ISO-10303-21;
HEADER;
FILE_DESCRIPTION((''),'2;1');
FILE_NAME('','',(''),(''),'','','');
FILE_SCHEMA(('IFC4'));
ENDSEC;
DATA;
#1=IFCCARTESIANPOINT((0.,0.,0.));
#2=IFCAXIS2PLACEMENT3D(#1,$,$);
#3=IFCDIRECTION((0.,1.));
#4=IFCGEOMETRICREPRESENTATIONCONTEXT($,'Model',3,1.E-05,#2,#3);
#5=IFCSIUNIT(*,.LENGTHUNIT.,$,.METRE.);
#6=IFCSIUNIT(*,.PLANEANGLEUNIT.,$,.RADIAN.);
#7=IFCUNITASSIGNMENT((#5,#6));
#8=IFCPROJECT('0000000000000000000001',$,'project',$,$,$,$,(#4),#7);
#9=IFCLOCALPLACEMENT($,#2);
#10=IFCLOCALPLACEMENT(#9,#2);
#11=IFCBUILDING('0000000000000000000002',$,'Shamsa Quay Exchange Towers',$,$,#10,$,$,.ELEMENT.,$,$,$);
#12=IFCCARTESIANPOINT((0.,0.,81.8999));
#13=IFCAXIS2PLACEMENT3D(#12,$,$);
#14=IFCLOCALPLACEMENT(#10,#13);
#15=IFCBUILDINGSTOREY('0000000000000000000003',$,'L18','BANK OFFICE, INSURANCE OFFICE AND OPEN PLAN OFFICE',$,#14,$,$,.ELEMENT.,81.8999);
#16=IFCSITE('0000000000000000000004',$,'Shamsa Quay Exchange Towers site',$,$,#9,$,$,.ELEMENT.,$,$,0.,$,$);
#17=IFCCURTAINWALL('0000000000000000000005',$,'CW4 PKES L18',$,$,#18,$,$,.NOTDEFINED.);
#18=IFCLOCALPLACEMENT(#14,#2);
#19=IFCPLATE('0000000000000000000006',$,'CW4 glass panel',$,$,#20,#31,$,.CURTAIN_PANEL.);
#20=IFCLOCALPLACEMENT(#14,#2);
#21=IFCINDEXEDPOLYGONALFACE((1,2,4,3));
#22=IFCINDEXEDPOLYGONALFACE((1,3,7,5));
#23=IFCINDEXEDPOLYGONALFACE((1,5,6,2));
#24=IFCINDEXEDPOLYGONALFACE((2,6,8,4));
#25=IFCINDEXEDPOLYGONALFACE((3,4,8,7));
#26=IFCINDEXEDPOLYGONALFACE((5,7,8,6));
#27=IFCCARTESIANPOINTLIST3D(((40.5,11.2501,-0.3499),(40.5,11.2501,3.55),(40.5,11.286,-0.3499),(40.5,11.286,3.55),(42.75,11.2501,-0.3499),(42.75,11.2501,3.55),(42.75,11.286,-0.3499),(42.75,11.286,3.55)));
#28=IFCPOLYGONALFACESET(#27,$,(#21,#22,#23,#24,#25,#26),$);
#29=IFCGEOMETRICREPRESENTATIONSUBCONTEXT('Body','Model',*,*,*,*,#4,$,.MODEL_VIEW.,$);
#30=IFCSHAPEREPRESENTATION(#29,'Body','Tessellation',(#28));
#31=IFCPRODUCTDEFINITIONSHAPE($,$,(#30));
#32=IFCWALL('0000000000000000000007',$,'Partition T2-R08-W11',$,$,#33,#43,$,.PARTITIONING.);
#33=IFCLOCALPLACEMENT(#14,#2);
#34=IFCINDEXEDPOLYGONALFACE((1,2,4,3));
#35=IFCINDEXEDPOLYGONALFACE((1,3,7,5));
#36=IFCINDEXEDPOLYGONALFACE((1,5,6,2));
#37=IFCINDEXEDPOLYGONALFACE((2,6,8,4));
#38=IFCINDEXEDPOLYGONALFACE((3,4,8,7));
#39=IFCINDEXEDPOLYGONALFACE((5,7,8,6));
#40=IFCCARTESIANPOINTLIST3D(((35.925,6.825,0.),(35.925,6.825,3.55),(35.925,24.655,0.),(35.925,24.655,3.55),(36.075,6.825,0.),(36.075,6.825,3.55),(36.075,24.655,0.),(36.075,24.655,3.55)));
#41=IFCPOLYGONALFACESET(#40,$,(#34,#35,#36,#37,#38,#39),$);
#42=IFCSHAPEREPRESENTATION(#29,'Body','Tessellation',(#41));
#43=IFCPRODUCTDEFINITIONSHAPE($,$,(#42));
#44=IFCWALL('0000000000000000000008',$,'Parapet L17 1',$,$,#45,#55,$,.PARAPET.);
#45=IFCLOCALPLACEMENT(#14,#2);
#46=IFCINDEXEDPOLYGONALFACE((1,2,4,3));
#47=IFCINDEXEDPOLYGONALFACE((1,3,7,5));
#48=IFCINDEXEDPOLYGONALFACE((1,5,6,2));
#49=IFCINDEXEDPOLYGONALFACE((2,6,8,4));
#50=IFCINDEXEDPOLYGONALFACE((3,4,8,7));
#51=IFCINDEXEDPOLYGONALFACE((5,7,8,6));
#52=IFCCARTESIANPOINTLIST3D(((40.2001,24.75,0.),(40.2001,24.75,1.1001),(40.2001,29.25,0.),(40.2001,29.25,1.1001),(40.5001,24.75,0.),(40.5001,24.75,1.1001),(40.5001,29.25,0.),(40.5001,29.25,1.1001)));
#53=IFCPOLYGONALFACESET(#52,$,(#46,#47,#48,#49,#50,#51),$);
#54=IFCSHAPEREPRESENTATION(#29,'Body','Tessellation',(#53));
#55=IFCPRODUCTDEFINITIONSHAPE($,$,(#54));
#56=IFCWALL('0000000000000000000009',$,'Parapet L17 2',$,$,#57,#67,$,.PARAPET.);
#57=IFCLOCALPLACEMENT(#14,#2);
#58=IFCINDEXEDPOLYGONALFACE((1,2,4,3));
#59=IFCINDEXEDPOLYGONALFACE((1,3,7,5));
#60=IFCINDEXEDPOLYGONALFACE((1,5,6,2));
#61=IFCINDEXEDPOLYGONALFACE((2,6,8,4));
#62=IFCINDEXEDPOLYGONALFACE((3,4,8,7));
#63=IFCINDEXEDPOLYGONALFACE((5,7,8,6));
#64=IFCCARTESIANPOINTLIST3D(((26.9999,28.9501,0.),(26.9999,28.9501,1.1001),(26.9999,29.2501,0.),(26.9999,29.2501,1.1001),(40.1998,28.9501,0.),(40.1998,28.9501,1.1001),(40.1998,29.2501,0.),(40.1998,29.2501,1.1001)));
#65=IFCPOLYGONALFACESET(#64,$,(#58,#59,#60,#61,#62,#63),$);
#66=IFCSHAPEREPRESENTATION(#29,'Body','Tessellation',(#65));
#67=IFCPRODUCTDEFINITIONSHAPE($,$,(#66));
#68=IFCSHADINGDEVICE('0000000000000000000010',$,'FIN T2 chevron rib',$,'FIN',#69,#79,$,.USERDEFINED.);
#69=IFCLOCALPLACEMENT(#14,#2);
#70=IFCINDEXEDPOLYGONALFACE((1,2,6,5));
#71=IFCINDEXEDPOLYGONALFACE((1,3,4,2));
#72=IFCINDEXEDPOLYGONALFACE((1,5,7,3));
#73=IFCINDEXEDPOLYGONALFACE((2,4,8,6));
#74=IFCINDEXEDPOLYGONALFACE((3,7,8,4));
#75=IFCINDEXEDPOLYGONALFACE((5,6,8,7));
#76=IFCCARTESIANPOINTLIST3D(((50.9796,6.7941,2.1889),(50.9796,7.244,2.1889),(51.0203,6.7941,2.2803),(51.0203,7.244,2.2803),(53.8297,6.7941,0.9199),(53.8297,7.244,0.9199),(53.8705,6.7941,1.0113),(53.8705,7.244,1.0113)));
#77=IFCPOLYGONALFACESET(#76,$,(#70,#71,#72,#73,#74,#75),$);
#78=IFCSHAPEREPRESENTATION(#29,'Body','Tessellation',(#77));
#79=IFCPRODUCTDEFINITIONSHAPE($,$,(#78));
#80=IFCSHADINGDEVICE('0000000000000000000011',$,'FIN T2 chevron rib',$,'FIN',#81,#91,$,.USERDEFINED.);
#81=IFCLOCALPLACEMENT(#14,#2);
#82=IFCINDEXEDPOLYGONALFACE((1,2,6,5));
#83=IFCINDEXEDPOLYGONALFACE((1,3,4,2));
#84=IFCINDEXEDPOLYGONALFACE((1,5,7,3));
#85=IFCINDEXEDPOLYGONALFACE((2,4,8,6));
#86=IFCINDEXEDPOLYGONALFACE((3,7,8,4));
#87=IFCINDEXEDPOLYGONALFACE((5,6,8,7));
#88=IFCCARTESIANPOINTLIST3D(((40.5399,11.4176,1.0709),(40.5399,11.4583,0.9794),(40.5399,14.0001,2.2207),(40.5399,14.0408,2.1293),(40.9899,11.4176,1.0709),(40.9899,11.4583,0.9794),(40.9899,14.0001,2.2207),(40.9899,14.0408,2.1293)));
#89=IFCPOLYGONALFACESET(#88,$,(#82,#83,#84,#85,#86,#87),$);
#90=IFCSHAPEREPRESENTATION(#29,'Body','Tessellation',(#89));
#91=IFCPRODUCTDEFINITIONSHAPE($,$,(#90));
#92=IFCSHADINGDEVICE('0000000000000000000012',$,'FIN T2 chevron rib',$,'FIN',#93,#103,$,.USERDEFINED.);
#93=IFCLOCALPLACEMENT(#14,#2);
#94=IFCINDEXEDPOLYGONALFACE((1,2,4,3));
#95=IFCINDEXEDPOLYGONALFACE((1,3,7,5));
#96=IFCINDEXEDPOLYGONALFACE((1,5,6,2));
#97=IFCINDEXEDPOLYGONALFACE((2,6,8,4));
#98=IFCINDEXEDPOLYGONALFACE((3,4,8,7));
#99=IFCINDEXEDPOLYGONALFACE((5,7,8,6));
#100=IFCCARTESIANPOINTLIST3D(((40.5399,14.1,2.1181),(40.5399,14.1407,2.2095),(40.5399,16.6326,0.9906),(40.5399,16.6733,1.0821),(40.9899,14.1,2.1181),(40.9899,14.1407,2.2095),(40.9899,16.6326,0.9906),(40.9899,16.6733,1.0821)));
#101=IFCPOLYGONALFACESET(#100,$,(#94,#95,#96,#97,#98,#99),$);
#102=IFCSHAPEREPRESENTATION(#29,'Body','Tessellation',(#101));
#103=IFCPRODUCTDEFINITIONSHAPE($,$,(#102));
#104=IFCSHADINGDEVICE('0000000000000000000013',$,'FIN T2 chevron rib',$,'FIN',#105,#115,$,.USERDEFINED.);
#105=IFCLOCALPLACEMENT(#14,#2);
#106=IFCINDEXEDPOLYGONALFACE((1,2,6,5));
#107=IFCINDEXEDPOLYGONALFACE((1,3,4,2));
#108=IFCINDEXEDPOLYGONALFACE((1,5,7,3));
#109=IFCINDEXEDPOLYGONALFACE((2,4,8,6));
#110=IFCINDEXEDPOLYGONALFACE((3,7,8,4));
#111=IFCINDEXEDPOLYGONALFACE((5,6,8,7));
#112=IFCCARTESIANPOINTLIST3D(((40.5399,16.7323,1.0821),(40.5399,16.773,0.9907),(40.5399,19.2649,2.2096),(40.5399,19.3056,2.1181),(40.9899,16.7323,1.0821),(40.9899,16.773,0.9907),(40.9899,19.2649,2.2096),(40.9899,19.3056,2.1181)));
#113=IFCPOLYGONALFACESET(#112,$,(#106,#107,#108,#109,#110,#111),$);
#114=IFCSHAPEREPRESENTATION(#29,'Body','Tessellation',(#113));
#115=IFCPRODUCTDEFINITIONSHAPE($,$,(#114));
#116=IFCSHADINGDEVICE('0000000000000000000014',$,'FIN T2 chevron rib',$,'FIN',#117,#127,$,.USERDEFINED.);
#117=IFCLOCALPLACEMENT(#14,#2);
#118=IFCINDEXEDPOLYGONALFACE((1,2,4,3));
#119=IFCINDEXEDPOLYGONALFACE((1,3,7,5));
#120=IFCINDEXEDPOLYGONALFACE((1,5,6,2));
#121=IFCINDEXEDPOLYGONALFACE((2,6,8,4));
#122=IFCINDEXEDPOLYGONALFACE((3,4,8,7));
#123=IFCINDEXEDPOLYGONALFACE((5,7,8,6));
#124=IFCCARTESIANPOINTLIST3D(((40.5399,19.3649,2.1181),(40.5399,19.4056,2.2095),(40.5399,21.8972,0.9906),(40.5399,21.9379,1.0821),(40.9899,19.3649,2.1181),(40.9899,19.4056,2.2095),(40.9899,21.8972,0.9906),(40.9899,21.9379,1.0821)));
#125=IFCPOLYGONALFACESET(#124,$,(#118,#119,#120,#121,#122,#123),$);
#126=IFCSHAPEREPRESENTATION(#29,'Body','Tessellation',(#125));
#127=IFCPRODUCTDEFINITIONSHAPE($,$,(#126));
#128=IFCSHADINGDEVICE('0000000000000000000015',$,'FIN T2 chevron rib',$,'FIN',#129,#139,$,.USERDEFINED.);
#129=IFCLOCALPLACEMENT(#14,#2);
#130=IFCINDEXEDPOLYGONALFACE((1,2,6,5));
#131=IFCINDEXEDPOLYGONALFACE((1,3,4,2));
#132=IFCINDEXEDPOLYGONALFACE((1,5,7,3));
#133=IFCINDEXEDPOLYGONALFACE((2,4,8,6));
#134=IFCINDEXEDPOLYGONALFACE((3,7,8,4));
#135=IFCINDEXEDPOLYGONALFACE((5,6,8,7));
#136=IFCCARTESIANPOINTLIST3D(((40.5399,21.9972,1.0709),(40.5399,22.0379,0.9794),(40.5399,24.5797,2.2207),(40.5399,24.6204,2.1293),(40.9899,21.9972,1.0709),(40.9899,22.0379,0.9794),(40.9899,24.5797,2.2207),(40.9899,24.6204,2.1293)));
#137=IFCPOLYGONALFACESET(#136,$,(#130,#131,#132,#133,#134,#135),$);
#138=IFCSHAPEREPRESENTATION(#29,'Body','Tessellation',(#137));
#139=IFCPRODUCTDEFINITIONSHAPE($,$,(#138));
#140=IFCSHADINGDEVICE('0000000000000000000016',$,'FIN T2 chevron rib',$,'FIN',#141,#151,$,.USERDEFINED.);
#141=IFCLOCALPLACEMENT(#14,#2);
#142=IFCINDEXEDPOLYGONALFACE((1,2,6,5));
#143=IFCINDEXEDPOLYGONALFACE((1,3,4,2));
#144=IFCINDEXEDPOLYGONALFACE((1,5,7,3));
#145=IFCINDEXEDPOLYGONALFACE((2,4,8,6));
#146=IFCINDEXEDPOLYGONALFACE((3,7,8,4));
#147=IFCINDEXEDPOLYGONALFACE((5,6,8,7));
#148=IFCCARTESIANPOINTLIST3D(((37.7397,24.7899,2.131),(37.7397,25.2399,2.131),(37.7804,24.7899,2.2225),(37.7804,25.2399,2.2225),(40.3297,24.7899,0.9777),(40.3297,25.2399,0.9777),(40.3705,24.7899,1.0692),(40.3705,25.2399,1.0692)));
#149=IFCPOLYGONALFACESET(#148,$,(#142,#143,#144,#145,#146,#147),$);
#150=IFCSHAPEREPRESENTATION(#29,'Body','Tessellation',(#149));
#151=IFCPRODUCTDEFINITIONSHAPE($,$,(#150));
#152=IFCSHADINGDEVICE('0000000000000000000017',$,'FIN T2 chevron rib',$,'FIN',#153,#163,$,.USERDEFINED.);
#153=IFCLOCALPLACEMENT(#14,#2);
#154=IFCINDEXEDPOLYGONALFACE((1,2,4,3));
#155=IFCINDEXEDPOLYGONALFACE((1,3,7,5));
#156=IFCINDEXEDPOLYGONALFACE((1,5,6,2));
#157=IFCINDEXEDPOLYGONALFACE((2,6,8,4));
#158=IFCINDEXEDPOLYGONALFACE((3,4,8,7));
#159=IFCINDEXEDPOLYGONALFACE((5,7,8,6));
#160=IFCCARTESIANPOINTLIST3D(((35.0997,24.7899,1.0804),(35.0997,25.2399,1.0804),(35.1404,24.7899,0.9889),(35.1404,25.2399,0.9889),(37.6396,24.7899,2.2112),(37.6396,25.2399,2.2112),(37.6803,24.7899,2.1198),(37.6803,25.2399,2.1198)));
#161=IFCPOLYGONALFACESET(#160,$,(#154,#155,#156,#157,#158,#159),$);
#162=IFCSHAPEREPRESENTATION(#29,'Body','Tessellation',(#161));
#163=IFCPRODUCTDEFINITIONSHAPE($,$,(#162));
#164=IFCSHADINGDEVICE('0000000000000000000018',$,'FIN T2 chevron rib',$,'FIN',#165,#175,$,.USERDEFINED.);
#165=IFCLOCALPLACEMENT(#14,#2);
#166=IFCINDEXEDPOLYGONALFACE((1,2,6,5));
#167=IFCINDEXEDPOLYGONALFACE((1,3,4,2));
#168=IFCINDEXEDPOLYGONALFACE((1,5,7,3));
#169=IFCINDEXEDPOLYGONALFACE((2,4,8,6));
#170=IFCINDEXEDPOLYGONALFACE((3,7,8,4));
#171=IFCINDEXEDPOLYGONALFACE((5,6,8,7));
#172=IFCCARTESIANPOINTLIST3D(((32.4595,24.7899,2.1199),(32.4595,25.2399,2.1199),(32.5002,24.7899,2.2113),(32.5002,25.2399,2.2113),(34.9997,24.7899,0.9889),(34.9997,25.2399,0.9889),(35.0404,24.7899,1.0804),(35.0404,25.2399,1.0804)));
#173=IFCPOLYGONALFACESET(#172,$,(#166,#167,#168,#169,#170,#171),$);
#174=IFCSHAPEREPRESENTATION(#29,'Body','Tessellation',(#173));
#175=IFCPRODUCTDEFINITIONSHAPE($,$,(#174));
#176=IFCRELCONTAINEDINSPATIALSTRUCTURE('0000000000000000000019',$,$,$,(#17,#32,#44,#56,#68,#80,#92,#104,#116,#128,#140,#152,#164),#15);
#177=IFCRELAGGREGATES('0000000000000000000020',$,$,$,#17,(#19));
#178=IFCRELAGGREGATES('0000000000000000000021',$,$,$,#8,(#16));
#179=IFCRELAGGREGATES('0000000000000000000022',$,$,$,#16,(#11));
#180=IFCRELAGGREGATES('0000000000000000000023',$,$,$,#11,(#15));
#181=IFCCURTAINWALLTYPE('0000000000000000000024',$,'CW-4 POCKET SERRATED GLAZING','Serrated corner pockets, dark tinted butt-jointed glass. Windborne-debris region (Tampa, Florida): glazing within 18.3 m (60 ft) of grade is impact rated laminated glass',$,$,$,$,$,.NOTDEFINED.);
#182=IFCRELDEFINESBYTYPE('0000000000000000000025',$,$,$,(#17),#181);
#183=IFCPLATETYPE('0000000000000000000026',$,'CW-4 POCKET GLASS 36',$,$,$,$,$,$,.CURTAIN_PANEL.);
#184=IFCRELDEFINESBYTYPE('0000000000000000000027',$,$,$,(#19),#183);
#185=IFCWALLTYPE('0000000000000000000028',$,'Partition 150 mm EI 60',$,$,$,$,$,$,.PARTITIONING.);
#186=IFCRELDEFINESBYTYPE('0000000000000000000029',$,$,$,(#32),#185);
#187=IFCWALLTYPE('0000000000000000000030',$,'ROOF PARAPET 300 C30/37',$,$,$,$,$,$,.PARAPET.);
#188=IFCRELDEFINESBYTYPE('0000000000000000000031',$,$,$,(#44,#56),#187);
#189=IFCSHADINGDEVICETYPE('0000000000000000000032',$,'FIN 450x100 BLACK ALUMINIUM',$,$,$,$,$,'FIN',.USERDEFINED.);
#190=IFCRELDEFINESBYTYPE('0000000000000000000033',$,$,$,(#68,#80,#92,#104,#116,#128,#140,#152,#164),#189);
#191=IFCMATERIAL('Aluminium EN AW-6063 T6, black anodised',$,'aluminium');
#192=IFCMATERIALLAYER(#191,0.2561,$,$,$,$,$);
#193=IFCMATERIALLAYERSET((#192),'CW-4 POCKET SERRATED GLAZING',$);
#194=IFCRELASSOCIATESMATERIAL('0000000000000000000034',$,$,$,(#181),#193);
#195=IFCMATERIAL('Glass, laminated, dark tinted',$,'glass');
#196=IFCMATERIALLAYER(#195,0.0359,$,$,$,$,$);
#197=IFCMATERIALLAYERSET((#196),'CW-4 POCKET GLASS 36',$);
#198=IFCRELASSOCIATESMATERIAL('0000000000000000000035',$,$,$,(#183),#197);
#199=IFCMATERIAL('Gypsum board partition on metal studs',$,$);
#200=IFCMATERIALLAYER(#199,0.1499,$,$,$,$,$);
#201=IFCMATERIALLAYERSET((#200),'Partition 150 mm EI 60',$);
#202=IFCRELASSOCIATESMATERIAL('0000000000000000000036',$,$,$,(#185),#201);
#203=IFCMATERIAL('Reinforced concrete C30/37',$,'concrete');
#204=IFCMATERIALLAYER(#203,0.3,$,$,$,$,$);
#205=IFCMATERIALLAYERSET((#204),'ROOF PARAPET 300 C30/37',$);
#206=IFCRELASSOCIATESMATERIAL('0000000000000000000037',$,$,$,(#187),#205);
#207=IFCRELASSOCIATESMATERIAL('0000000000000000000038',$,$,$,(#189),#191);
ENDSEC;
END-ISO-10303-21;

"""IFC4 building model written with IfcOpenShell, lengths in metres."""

from ifc_helpers import new_model, si_unit, direction, frame, frame_2d, origin, origin_2d, place, context, subcontext, project, spatial, rectangle, extrude, material, layer, layer_set, material_profile, profile_set, type_object, element, aggregate, save


model = new_model("IFC4")

# Units and contexts
model_context = context("Model", 3, precision=1e-05, world=origin(), true_north=direction((0.0, 1.0)))
body_context = subcontext(model_context, "Body", "Model", "MODEL_VIEW")
ifc_project = project(units=[si_unit("LENGTHUNIT", "METRE"), si_unit("PLANEANGLEUNIT", "RADIAN")], contexts=[model_context])

# Site, building, storey
site_placement = place(None, origin())
site = spatial("IfcSite", under=ifc_project, at=site_placement, Name="Shamsa Quay Exchange Towers site", CompositionType="ELEMENT", RefElevation=0.0)
building_placement = place(site_placement, origin())
building = spatial("IfcBuilding", under=site, at=building_placement, Name="Shamsa Quay Exchange Towers", CompositionType="ELEMENT")
storey_placement = place(building_placement, frame((0.0, 0.0, 81.8999)))
storey = spatial("IfcBuildingStorey", under=building, at=storey_placement, Name="L18", Description="BANK OFFICE, INSURANCE OFFICE AND OPEN PLAN OFFICE", CompositionType="ELEMENT", Elevation=81.8999)

# Shared definitions
ifc_material_1 = material(Name="Aluminium EN AW-6063 T6, black anodised", Category="aluminium")
ifc_material_2 = material(Name="Glass, laminated, dark tinted", Category="glass")

# Curtain wall, plate
ifc_layer_1 = layer(ifc_material_1, 0.2561)
ifc_layer_set_1 = layer_set([ifc_layer_1], Name="CW-4 POCKET SERRATED GLAZING")
curtain_wall_type_1 = type_object("IfcCurtainWallType", Name="CW-4 POCKET SERRATED GLAZING", Description="Serrated corner pockets, dark tinted butt-jointed glass. Windborne-debris region (Tampa, Florida): glazing within 18.3 m (60 ft) of grade is impact rated laminated glass", PredefinedType="NOTDEFINED", material=ifc_layer_set_1)
curtain_wall_1_placement = place(storey_placement, origin())
curtain_wall_1 = element("IfcCurtainWall", 1, at=curtain_wall_1_placement, inside=storey, type_object=curtain_wall_type_1, Name="CW4 PKES L18", PredefinedType="NOTDEFINED")
ifc_layer_2 = layer(ifc_material_2, 0.0359)
ifc_layer_set_2 = layer_set([ifc_layer_2], Name="CW-4 POCKET GLASS 36")
plate_type_1 = type_object("IfcPlateType", Name="CW-4 POCKET GLASS 36", PredefinedType="CURTAIN_PANEL", material=ifc_layer_set_2)
plate_1_placement = place(storey_placement, frame((41.625, 11.2681, -0.3499), z_axis=(0.0, 0.0, 1.0), x_axis=(-1.0, 0.0, 0.0)))
plate_1 = element("IfcPlate", 2, at=plate_1_placement, type_object=plate_type_1, Name="CW4 glass panel", PredefinedType="CURTAIN_PANEL", context=body_context, shape_type="SweptSolid", body=[
    extrude(rectangle(XDim=2.25, YDim=0.0359, at=origin_2d()), origin(), (0.0, 0.0, 1.0), 3.8999),
])
aggregate(curtain_wall_1, [plate_1])

# Walls
ifc_material_3 = material(Name="Gypsum board partition on metal studs")
ifc_layer_3 = layer(ifc_material_3, 0.1499)
ifc_layer_set_3 = layer_set([ifc_layer_3], Name="Partition 150 mm EI 60")
wall_type_1 = type_object("IfcWallType", Name="Partition 150 mm EI 60", PredefinedType="PARTITIONING", material=ifc_layer_set_3)
wall_1_placement = place(storey_placement, frame((36.0, 24.655, 0.0), z_axis=(0.0, 0.0, 1.0), x_axis=(0.0, -1.0, 0.0)))
element("IfcWall", 3, at=wall_1_placement, inside=storey, type_object=wall_type_1, Name="Partition T2-R08-W11", PredefinedType="PARTITIONING", context=body_context, shape_type="SweptSolid", body=[
    extrude(rectangle(XDim=17.8301, YDim=0.1499, at=frame_2d((8.915, 0.0))), origin(), (0.0, 0.0, 1.0), 3.55),
])
ifc_material_4 = material(Name="Reinforced concrete C30/37", Category="concrete")
ifc_layer_4 = layer(ifc_material_4, 0.3)
ifc_layer_set_4 = layer_set([ifc_layer_4], Name="ROOF PARAPET 300 C30/37")
wall_type_2 = type_object("IfcWallType", Name="ROOF PARAPET 300 C30/37", PredefinedType="PARAPET", material=ifc_layer_set_4)
wall_2_placement = place(storey_placement, frame((40.3501, 24.75, 0.0), z_axis=(0.0, 0.0, 1.0), x_axis=(0.0, 1.0, 0.0)))
element("IfcWall", 4, at=wall_2_placement, inside=storey, type_object=wall_type_2, Name="Parapet L17 1", PredefinedType="PARAPET", context=body_context, shape_type="SweptSolid", body=[
    extrude(rectangle(XDim=4.5, YDim=0.3, at=frame_2d((2.25, 0.0))), origin(), (0.0, 0.0, 1.0), 1.1001),
])
wall_3_placement = place(storey_placement, frame((40.2, 29.1001, 0.0), z_axis=(0.0, 0.0, 1.0), x_axis=(-1.0, 0.0, 0.0)))
element("IfcWall", 5, at=wall_3_placement, inside=storey, type_object=wall_type_2, Name="Parapet L17 2", PredefinedType="PARAPET", context=body_context, shape_type="SweptSolid", body=[
    extrude(rectangle(XDim=13.2, YDim=0.3, at=frame_2d((6.6001, 0.0))), origin(), (0.0, 0.0, 1.0), 1.1001),
])

# Shading devices
ifc_material_profile_1 = material_profile(ifc_material_1, rectangle(XDim=0.45, YDim=0.1001, at=origin_2d()), Name="FIN450x100")
ifc_profile_set_1 = profile_set([ifc_material_profile_1], Name="Aluminium EN AW-6063 T6, black anodised")
shading_device_type = type_object("IfcShadingDeviceType", Name="FIN 450x100 BLACK ALUMINIUM", ElementType="FIN", PredefinedType="USERDEFINED", material=ifc_profile_set_1)
shading_device_1_placement = place(storey_placement, frame((53.8501, 7.019, 0.9656), z_axis=(-0.913534, 0.0, 0.406763), x_axis=(0.0, -1.0, 0.0)))
element("IfcShadingDevice", 6, at=shading_device_1_placement, inside=storey, type_object=shading_device_type, Name="FIN T2 chevron rib", ObjectType="FIN", PredefinedType="USERDEFINED", context=body_context, shape_type="SweptSolid", body=[
    extrude(rectangle(XDim=0.45, YDim=0.1001, at=origin_2d()), origin(), (0.0, 0.0, 1.0), 3.1199),
])
shading_device_2_placement = place(storey_placement, frame((40.7649, 11.438, 1.0251), z_axis=(0.0, 0.913534, 0.406763), x_axis=(-1.0, 0.0, 0.0)))
element("IfcShadingDevice", 7, at=shading_device_2_placement, inside=storey, type_object=shading_device_type, Name="FIN T2 chevron rib", ObjectType="FIN", PredefinedType="USERDEFINED", context=body_context, shape_type="SweptSolid", body=[
    extrude(rectangle(XDim=0.45, YDim=0.1001, at=origin_2d()), origin(), (0.0, 0.0, 1.0), 2.8269),
])
for number, where, z_axis, x_axis, name in (
    (8, (40.7649, 14.1204, 2.1638), (0.0, 0.913557, -0.40671), (-1.0, 0.0, 0.0), "FIN T2 chevron rib"),
    (9, (40.7649, 16.7527, 1.0364), (0.0, 0.913557, 0.40671), (-1.0, 0.0, 0.0), "FIN T2 chevron rib"),
):
    element("IfcShadingDevice", number, at=place(storey_placement, frame(where, z_axis=z_axis, x_axis=x_axis)), inside=storey, type_object=shading_device_type, Name=name, ObjectType="FIN", PredefinedType="USERDEFINED", context=body_context, shape_type="SweptSolid", body=[
        extrude(rectangle(XDim=0.45, YDim=0.1001, at=origin_2d()), origin(), (0.0, 0.0, 1.0), 2.7722),
    ])
shading_device_3_placement = place(storey_placement, frame((40.7649, 19.3853, 2.1638), z_axis=(0.0, 0.913543, -0.406743), x_axis=(-1.0, 0.0, 0.0)))
element("IfcShadingDevice", 10, at=shading_device_3_placement, inside=storey, type_object=shading_device_type, Name="FIN T2 chevron rib", ObjectType="FIN", PredefinedType="USERDEFINED", context=body_context, shape_type="SweptSolid", body=[
    extrude(rectangle(XDim=0.45, YDim=0.1001, at=origin_2d()), origin(), (0.0, 0.0, 1.0), 2.772),
])
shading_device_4_placement = place(storey_placement, frame((40.7649, 22.0176, 1.0251), z_axis=(0.0, 0.913534, 0.406763), x_axis=(-1.0, 0.0, 0.0)))
element("IfcShadingDevice", 11, at=shading_device_4_placement, inside=storey, type_object=shading_device_type, Name="FIN T2 chevron rib", ObjectType="FIN", PredefinedType="USERDEFINED", context=body_context, shape_type="SweptSolid", body=[
    extrude(rectangle(XDim=0.45, YDim=0.1001, at=origin_2d()), origin(), (0.0, 0.0, 1.0), 2.8269),
])
shading_device_5_placement = place(storey_placement, frame((40.3501, 25.0149, 1.0234), z_axis=(-0.913527, 0.0, 0.406778), x_axis=(0.0, -1.0, 0.0)))
element("IfcShadingDevice", 12, at=shading_device_5_placement, inside=storey, type_object=shading_device_type, Name="FIN T2 chevron rib", ObjectType="FIN", PredefinedType="USERDEFINED", context=body_context, shape_type="SweptSolid", body=[
    extrude(rectangle(XDim=0.45, YDim=0.1001, at=origin_2d()), origin(), (0.0, 0.0, 1.0), 2.8352),
])
shading_device_6_placement = place(storey_placement, frame((37.6599, 25.0149, 2.1655), z_axis=(-0.913536, 0.0, -0.406758), x_axis=(0.0, -1.0, 0.0)))
element("IfcShadingDevice", 13, at=shading_device_6_placement, inside=storey, type_object=shading_device_type, Name="FIN T2 chevron rib", ObjectType="FIN", PredefinedType="USERDEFINED", context=body_context, shape_type="SweptSolid", body=[
    extrude(rectangle(XDim=0.45, YDim=0.1001, at=origin_2d()), origin(), (0.0, 0.0, 1.0), 2.7803),
])
shading_device_7_placement = place(storey_placement, frame((35.02, 25.0149, 1.0347), z_axis=(-0.913551, 0.0, 0.406725), x_axis=(0.0, -1.0, 0.0)))
element("IfcShadingDevice", 14, at=shading_device_7_placement, inside=storey, type_object=shading_device_type, Name="FIN T2 chevron rib", ObjectType="FIN", PredefinedType="USERDEFINED", context=body_context, shape_type="SweptSolid", body=[
    extrude(rectangle(XDim=0.45, YDim=0.1001, at=origin_2d()), origin(), (0.0, 0.0, 1.0), 2.7805),
])

save(model, "model.ifc")
